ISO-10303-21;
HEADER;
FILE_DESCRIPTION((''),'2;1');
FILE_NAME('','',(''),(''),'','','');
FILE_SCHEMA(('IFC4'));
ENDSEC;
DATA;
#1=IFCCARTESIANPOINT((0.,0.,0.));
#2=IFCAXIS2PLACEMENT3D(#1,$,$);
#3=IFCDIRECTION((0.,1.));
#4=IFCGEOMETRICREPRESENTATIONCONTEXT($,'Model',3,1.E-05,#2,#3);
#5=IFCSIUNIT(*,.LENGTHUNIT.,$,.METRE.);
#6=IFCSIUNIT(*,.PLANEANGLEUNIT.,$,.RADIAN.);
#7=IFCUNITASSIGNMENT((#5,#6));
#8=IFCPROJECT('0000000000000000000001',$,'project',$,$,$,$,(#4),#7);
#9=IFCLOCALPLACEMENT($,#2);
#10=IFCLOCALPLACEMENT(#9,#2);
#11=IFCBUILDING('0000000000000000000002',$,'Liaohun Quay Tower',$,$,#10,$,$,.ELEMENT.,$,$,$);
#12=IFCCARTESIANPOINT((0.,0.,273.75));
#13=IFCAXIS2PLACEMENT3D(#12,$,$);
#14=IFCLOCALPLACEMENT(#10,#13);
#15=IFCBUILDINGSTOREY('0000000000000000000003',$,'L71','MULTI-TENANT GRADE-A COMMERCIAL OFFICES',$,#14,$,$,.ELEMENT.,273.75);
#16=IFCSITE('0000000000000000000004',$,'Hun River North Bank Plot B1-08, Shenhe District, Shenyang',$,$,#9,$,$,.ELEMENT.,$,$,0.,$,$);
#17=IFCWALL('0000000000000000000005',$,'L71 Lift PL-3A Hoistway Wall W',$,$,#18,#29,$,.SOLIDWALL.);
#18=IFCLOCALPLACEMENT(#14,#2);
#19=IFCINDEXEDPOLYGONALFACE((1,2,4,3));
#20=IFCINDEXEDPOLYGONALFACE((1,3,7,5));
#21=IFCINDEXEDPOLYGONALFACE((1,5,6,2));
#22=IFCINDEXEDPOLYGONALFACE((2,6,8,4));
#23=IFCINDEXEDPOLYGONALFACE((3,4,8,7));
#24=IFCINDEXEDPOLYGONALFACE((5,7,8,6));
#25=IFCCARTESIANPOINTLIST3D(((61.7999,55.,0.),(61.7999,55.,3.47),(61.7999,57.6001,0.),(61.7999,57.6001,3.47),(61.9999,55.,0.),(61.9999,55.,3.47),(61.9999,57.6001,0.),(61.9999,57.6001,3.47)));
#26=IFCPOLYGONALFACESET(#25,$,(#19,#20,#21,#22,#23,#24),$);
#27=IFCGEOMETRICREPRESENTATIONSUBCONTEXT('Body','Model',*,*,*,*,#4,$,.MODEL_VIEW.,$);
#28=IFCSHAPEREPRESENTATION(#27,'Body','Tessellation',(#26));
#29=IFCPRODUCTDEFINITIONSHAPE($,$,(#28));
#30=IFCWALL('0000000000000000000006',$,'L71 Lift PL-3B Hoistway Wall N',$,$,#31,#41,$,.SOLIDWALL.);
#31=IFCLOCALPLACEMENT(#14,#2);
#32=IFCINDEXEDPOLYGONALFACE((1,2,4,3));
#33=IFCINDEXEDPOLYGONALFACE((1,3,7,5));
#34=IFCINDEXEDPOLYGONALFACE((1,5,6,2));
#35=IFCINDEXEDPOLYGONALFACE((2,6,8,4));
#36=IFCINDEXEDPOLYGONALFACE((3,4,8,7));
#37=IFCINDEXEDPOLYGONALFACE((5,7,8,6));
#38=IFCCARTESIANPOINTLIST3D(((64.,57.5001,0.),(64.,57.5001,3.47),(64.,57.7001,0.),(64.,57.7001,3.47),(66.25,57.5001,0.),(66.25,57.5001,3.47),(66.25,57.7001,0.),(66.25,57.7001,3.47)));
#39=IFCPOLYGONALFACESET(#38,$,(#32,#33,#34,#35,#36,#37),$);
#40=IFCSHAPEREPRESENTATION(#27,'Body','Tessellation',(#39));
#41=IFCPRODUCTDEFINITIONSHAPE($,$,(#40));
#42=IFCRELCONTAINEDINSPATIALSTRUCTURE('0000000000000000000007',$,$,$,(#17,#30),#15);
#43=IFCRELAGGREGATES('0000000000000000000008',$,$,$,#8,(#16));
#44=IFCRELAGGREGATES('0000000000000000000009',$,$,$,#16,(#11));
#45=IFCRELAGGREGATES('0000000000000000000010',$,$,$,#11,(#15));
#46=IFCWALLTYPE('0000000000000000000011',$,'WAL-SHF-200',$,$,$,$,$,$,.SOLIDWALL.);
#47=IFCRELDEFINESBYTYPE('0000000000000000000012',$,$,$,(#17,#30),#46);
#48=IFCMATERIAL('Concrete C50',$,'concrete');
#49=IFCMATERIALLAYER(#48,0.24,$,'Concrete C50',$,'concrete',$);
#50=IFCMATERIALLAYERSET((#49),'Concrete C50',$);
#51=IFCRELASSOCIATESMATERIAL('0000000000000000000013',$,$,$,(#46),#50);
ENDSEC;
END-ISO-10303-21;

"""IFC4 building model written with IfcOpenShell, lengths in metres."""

from ifc_helpers import new_model, si_unit, direction, frame, frame_2d, origin, place, context, subcontext, project, spatial, rectangle, extrude, material, layer, layer_set, type_object, element, save


model = new_model("IFC4")

# Units and contexts
model_context = context("Model", 3, precision=1e-05, world=origin(), true_north=direction((0.0, 1.0)))
body_context = subcontext(model_context, "Body", "Model", "MODEL_VIEW")
ifc_project = project(units=[si_unit("LENGTHUNIT", "METRE"), si_unit("PLANEANGLEUNIT", "RADIAN")], contexts=[model_context])

# Site, building, storey
site_placement = place(None, origin())
site = spatial("IfcSite", under=ifc_project, at=site_placement, Name="Hun River North Bank Plot B1-08, Shenhe District, Shenyang", CompositionType="ELEMENT", RefElevation=0.0)
building_placement = place(site_placement, origin())
building = spatial("IfcBuilding", under=site, at=building_placement, Name="Liaohun Quay Tower", CompositionType="ELEMENT")
storey_placement = place(building_placement, frame((0.0, 0.0, 273.75)))
storey = spatial("IfcBuildingStorey", under=building, at=storey_placement, Name="L71", Description="MULTI-TENANT GRADE-A COMMERCIAL OFFICES", CompositionType="ELEMENT", Elevation=273.75)

# Shared definitions
ifc_material_1 = material(Name="Concrete C50", Category="concrete")
ifc_layer_1 = layer(ifc_material_1, 0.24, Name="Concrete C50", Category="concrete")
ifc_layer_set_1 = layer_set([ifc_layer_1], Name="Concrete C50")
wall_type_1 = type_object("IfcWallType", Name="WAL-SHF-200", PredefinedType="SOLIDWALL", material=ifc_layer_set_1)

# Walls
wall_1_placement = place(storey_placement, frame((61.8999, 57.6001, 0.0), z_axis=(0.0, 0.0, 1.0), x_axis=(0.0, -1.0, 0.0)))
element("IfcWall", 1, at=wall_1_placement, inside=storey, type_object=wall_type_1, Name="L71 Lift PL-3A Hoistway Wall W", PredefinedType="SOLIDWALL", context=body_context, shape_type="SweptSolid", body=[
    extrude(rectangle(XDim=2.6001, YDim=0.2, at=frame_2d((1.3, 0.0))), origin(), (0.0, 0.0, 1.0), 3.47),
])
wall_2_placement = place(storey_placement, frame((66.25, 57.6001, 0.0), z_axis=(0.0, 0.0, 1.0), x_axis=(-1.0, 0.0, 0.0)))
element("IfcWall", 2, at=wall_2_placement, inside=storey, type_object=wall_type_1, Name="L71 Lift PL-3B Hoistway Wall N", PredefinedType="SOLIDWALL", context=body_context, shape_type="SweptSolid", body=[
    extrude(rectangle(XDim=2.25, YDim=0.2, at=frame_2d((1.125, 0.0))), origin(), (0.0, 0.0, 1.0), 3.47),
])

save(model, "model.ifc")
